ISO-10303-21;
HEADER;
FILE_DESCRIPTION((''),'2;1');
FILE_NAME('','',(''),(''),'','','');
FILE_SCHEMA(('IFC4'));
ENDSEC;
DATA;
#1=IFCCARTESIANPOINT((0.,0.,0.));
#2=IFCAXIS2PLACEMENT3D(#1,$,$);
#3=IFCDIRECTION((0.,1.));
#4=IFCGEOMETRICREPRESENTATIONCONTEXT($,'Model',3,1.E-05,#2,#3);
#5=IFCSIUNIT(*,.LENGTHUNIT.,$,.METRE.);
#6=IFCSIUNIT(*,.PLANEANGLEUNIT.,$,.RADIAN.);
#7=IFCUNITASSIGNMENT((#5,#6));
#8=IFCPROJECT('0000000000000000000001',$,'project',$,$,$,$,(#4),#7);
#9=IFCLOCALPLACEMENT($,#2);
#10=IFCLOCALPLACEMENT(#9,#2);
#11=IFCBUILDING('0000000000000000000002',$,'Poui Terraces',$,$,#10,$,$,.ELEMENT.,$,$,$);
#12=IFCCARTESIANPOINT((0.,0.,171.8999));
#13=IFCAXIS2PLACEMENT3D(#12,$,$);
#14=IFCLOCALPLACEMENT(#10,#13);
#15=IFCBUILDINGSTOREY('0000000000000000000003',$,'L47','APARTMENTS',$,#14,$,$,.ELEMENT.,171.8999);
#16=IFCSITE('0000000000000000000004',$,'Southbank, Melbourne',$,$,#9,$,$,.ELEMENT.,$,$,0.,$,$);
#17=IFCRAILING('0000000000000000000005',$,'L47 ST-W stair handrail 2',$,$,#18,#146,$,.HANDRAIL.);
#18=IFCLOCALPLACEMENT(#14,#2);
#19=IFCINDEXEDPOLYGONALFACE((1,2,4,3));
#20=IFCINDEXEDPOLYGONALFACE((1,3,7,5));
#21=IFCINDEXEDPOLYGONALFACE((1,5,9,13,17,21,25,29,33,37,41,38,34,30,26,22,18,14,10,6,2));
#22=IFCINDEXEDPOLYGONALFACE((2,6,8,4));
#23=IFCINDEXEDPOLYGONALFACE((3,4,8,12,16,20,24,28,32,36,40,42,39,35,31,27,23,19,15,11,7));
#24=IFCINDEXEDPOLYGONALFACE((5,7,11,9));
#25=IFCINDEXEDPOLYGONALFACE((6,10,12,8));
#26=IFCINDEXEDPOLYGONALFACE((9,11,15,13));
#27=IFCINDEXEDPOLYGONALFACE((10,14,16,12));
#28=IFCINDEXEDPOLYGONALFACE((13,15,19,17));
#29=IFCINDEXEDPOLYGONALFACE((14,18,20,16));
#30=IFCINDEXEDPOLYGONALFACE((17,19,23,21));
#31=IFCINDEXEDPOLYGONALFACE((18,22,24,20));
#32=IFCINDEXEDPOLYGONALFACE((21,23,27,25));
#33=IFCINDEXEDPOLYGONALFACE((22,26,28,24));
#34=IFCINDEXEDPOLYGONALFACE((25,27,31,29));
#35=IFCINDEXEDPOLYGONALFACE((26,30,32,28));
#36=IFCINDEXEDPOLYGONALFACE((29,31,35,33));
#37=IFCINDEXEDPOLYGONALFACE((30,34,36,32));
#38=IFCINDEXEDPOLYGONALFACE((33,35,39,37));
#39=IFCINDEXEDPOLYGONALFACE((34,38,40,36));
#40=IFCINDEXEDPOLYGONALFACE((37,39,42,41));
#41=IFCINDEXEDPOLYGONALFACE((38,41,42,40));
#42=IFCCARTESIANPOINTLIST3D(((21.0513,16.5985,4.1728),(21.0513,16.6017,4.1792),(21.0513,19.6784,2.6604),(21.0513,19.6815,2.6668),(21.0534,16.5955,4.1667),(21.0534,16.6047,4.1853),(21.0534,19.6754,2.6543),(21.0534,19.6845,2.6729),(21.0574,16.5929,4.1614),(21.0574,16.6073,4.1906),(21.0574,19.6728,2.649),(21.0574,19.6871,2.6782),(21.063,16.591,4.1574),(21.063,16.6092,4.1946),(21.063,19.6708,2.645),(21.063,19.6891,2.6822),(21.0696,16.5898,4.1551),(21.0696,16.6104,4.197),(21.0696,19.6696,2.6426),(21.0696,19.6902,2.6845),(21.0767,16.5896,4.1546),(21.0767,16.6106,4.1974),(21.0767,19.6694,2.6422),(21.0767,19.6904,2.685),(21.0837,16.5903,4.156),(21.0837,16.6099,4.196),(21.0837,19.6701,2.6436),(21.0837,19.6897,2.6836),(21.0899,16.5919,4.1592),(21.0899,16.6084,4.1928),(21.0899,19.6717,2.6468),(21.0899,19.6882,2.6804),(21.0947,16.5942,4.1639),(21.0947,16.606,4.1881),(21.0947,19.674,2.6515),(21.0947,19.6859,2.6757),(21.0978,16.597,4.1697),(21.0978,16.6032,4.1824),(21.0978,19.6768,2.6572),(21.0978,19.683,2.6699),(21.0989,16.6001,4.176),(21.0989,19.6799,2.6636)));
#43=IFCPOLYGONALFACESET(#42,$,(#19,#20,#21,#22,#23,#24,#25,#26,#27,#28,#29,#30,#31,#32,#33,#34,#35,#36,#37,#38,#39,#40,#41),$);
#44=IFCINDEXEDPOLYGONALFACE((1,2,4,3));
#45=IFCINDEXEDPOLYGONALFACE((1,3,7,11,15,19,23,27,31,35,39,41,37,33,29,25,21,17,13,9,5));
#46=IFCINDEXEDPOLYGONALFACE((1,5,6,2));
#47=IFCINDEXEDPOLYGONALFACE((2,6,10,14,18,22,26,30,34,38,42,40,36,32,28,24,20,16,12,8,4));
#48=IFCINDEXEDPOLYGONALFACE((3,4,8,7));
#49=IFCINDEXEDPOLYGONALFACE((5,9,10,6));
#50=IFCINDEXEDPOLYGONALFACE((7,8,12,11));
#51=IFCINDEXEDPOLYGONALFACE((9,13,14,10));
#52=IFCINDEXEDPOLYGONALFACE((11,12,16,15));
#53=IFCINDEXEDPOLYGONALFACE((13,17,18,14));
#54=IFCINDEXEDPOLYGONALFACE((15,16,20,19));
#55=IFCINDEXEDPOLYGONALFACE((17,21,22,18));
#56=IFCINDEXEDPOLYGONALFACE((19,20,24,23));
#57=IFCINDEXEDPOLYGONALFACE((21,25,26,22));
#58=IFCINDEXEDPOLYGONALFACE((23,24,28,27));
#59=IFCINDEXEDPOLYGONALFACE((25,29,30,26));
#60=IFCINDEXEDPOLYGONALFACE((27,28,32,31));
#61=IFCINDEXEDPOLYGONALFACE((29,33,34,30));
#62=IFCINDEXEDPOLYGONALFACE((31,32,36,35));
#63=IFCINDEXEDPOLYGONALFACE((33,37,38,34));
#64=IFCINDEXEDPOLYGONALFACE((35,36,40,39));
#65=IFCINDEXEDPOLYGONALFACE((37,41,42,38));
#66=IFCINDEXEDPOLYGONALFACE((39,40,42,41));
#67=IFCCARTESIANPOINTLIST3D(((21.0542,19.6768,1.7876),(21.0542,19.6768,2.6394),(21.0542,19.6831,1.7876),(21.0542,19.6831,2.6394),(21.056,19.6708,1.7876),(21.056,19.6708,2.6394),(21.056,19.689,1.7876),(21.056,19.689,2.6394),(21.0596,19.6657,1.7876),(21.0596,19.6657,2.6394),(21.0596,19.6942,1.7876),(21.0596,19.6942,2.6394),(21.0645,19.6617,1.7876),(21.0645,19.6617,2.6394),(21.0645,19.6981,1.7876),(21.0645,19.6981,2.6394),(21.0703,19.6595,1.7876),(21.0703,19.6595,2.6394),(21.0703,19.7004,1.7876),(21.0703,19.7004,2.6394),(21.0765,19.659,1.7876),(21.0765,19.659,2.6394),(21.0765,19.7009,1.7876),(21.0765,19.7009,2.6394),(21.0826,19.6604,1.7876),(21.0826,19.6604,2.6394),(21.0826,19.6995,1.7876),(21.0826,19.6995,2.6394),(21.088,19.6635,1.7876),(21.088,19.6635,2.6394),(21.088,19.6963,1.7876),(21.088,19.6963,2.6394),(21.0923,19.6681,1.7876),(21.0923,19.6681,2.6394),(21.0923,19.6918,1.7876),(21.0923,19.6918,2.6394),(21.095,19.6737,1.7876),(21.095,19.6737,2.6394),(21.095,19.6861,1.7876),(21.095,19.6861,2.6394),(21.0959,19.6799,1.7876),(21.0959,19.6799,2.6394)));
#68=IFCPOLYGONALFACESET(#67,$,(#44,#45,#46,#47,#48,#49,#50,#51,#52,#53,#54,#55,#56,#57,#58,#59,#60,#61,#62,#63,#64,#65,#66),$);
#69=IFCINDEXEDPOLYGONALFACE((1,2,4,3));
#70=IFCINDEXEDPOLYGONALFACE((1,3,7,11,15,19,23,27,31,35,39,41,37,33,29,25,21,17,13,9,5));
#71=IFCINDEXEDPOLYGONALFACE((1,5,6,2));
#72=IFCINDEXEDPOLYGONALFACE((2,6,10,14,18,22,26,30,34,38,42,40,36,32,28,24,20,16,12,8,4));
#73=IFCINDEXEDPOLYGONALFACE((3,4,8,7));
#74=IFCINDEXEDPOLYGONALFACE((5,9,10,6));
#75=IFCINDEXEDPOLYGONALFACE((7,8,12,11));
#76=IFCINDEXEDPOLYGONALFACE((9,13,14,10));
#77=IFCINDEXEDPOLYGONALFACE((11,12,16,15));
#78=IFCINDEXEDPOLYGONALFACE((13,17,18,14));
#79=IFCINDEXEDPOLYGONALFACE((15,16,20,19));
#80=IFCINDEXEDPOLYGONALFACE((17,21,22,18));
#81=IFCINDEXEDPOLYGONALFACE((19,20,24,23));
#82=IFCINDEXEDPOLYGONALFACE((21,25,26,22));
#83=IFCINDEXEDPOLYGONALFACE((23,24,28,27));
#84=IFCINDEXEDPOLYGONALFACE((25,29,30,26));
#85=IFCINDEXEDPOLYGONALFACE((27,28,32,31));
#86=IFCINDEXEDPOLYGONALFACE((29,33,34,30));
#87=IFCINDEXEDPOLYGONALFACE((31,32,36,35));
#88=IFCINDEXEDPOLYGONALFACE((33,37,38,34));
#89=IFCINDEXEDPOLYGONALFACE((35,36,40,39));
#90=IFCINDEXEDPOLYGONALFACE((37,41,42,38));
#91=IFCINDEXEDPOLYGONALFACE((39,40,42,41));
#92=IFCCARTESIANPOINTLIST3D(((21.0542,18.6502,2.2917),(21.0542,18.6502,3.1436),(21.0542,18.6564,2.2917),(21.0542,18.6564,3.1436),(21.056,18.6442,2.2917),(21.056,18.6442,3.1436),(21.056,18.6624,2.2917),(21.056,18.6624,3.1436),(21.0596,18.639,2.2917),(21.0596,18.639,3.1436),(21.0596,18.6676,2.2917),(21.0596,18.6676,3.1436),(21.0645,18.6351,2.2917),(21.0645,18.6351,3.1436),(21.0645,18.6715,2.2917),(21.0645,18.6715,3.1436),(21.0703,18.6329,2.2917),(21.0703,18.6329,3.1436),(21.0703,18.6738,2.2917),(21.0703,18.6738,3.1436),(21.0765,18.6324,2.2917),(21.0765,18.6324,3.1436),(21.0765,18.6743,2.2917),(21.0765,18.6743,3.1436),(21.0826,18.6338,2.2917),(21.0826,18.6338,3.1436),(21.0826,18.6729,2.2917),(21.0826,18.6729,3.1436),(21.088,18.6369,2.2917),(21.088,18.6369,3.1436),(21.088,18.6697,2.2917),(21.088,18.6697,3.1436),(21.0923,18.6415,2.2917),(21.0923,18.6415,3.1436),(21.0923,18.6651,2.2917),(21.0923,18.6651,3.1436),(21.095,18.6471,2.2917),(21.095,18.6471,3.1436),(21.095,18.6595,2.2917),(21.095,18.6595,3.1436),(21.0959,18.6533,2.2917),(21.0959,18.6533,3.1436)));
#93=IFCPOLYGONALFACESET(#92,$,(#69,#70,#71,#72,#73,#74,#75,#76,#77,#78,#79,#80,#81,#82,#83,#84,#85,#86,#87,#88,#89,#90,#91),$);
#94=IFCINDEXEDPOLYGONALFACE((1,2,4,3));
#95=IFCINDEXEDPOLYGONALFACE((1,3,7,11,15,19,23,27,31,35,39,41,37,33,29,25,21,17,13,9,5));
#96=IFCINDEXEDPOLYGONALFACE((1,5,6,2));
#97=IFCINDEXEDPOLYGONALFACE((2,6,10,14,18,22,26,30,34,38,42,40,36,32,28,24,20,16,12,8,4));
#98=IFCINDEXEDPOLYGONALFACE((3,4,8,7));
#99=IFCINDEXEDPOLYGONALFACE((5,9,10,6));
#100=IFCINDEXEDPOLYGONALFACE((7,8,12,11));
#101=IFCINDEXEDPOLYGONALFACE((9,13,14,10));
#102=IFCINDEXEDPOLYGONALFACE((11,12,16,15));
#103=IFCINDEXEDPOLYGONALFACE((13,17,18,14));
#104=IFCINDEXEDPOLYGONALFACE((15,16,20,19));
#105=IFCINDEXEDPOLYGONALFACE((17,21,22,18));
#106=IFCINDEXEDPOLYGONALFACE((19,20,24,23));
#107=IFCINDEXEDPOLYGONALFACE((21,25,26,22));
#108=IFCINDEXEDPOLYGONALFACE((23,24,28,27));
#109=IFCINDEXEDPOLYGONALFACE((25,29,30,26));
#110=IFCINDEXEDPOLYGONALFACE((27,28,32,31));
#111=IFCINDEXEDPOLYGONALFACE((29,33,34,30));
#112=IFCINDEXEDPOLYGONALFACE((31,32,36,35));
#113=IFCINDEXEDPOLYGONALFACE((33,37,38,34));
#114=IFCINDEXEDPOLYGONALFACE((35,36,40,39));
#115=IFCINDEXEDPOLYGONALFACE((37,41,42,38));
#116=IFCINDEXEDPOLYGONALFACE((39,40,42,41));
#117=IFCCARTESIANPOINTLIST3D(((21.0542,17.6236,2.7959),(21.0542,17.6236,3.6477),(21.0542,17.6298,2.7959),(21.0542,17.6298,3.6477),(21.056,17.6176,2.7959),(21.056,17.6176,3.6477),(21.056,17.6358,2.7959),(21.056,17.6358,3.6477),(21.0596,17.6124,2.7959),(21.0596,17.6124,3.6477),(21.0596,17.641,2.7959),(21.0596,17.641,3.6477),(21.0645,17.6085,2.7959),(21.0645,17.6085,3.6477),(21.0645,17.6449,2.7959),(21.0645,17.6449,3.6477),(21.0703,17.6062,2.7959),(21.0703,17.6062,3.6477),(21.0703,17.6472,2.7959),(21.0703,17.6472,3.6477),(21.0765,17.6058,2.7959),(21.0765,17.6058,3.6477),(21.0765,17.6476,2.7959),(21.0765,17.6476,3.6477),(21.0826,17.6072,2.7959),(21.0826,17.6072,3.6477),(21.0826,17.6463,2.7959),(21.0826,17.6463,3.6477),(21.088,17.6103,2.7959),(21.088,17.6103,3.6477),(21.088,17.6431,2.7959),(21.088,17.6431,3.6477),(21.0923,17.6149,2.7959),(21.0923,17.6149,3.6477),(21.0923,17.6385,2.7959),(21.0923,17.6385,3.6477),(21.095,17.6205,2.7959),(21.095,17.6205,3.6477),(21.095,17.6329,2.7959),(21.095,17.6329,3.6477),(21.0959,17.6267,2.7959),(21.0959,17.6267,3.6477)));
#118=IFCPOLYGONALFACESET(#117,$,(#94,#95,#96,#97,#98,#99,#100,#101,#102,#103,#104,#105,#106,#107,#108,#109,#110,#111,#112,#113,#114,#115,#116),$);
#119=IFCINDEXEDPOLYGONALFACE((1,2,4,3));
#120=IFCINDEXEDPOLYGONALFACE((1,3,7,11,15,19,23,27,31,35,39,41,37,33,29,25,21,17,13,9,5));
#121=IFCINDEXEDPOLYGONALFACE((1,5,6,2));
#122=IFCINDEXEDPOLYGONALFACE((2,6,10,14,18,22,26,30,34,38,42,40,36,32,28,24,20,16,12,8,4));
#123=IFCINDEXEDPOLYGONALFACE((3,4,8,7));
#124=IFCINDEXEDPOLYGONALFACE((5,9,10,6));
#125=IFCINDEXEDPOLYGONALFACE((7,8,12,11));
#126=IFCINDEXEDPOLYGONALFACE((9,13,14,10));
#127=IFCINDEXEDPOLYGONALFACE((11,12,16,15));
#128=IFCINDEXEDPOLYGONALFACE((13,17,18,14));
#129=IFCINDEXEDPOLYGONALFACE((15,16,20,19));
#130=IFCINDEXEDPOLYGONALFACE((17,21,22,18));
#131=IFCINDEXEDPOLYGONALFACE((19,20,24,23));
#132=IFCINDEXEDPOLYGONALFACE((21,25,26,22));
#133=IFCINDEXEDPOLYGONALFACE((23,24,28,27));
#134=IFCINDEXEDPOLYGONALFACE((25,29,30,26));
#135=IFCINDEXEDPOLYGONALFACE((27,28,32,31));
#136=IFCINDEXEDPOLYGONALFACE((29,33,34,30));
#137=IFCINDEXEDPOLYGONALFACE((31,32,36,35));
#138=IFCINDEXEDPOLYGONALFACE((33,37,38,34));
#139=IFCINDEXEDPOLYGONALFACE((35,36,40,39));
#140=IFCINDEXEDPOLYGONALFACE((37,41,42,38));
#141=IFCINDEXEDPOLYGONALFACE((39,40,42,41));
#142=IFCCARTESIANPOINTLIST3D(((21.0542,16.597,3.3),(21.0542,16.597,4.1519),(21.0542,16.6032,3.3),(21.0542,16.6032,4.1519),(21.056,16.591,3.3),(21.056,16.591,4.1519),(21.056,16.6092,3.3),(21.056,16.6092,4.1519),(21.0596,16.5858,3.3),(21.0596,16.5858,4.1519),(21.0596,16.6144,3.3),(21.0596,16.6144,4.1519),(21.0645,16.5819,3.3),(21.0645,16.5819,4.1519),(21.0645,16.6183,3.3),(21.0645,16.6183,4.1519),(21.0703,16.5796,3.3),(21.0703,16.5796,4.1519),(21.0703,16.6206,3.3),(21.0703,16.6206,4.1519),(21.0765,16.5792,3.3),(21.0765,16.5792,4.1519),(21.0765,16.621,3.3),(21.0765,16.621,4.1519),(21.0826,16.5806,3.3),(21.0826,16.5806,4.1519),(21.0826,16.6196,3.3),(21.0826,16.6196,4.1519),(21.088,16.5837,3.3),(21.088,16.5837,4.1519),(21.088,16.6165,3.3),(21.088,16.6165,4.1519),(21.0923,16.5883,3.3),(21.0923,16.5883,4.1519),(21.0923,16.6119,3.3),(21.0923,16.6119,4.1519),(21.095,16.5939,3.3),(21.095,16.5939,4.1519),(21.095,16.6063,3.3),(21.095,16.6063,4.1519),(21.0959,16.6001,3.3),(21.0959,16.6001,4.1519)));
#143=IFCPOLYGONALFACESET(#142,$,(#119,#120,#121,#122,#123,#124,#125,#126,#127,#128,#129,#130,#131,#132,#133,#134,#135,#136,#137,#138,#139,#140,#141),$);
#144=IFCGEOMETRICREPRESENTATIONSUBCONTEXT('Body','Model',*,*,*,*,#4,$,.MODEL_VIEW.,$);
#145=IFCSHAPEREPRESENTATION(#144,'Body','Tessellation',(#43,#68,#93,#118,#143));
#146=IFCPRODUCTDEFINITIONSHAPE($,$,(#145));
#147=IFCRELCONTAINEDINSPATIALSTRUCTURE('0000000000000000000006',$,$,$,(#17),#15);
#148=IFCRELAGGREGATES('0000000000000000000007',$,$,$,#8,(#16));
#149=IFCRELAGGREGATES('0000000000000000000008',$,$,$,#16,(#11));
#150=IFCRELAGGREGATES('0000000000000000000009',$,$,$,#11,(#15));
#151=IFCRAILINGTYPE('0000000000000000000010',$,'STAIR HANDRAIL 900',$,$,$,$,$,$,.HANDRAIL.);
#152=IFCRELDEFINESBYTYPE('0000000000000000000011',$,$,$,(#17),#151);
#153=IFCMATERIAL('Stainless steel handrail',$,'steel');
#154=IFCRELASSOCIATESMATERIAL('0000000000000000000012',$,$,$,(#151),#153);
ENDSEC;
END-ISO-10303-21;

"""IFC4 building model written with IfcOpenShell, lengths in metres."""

from ifc_helpers import new_model, si_unit, direction, frame, origin, origin_2d, place, context, subcontext, project, spatial, circle, extrude, material, type_object, element, save


model = new_model("IFC4")

# Units and contexts
model_context = context("Model", 3, precision=1e-05, world=origin(), true_north=direction((0.0, 1.0)))
body_context = subcontext(model_context, "Body", "Model", "MODEL_VIEW")
ifc_project = project(units=[si_unit("LENGTHUNIT", "METRE"), si_unit("PLANEANGLEUNIT", "RADIAN")], contexts=[model_context])

# Site, building, storey
site_placement = place(None, origin())
site = spatial("IfcSite", under=ifc_project, at=site_placement, Name="Southbank, Melbourne", CompositionType="ELEMENT", RefElevation=0.0)
building_placement = place(site_placement, origin())
building = spatial("IfcBuilding", under=site, at=building_placement, Name="Poui Terraces", CompositionType="ELEMENT")
storey_placement = place(building_placement, frame((0.0, 0.0, 171.8999)))
storey = spatial("IfcBuildingStorey", under=building, at=storey_placement, Name="L47", Description="APARTMENTS", CompositionType="ELEMENT", Elevation=171.8999)

# Railing
ifc_material_1 = material(Name="Stainless steel handrail", Category="steel")
railing_type_1 = type_object("IfcRailingType", Name="STAIR HANDRAIL 900", PredefinedType="HANDRAIL", material=ifc_material_1)
railing_1_placement = place(storey_placement, frame((21.075, 19.6799, 1.7876)))
element("IfcRailing", 1, at=railing_1_placement, inside=storey, type_object=railing_type_1, Name="L47 ST-W stair handrail 2", PredefinedType="HANDRAIL", context=body_context, shape_type="SweptSolid", body=[
    extrude(circle(Radius=0.0239, at=origin_2d()), frame((0.0, 0.0, 0.876), z_axis=(0.0, -0.897606, 0.440798), x_axis=(1.0, 0.0, 0.0)), (0.0, 0.0, 1.0), 3.4312),
    extrude(circle(Radius=0.021, at=origin_2d()), origin(), (0.0, 0.0, 1.0), 0.8518),
    extrude(circle(Radius=0.021, at=origin_2d()), frame((0.0, -1.0266, 0.5042)), (0.0, 0.0, 1.0), 0.8518),
    extrude(circle(Radius=0.021, at=origin_2d()), frame((0.0, -2.0532, 1.0083)), (0.0, 0.0, 1.0), 0.8518),
    extrude(circle(Radius=0.021, at=origin_2d()), frame((0.0, -3.0798, 1.5125)), (0.0, 0.0, 1.0), 0.8518),
])

save(model, "model.ifc")
